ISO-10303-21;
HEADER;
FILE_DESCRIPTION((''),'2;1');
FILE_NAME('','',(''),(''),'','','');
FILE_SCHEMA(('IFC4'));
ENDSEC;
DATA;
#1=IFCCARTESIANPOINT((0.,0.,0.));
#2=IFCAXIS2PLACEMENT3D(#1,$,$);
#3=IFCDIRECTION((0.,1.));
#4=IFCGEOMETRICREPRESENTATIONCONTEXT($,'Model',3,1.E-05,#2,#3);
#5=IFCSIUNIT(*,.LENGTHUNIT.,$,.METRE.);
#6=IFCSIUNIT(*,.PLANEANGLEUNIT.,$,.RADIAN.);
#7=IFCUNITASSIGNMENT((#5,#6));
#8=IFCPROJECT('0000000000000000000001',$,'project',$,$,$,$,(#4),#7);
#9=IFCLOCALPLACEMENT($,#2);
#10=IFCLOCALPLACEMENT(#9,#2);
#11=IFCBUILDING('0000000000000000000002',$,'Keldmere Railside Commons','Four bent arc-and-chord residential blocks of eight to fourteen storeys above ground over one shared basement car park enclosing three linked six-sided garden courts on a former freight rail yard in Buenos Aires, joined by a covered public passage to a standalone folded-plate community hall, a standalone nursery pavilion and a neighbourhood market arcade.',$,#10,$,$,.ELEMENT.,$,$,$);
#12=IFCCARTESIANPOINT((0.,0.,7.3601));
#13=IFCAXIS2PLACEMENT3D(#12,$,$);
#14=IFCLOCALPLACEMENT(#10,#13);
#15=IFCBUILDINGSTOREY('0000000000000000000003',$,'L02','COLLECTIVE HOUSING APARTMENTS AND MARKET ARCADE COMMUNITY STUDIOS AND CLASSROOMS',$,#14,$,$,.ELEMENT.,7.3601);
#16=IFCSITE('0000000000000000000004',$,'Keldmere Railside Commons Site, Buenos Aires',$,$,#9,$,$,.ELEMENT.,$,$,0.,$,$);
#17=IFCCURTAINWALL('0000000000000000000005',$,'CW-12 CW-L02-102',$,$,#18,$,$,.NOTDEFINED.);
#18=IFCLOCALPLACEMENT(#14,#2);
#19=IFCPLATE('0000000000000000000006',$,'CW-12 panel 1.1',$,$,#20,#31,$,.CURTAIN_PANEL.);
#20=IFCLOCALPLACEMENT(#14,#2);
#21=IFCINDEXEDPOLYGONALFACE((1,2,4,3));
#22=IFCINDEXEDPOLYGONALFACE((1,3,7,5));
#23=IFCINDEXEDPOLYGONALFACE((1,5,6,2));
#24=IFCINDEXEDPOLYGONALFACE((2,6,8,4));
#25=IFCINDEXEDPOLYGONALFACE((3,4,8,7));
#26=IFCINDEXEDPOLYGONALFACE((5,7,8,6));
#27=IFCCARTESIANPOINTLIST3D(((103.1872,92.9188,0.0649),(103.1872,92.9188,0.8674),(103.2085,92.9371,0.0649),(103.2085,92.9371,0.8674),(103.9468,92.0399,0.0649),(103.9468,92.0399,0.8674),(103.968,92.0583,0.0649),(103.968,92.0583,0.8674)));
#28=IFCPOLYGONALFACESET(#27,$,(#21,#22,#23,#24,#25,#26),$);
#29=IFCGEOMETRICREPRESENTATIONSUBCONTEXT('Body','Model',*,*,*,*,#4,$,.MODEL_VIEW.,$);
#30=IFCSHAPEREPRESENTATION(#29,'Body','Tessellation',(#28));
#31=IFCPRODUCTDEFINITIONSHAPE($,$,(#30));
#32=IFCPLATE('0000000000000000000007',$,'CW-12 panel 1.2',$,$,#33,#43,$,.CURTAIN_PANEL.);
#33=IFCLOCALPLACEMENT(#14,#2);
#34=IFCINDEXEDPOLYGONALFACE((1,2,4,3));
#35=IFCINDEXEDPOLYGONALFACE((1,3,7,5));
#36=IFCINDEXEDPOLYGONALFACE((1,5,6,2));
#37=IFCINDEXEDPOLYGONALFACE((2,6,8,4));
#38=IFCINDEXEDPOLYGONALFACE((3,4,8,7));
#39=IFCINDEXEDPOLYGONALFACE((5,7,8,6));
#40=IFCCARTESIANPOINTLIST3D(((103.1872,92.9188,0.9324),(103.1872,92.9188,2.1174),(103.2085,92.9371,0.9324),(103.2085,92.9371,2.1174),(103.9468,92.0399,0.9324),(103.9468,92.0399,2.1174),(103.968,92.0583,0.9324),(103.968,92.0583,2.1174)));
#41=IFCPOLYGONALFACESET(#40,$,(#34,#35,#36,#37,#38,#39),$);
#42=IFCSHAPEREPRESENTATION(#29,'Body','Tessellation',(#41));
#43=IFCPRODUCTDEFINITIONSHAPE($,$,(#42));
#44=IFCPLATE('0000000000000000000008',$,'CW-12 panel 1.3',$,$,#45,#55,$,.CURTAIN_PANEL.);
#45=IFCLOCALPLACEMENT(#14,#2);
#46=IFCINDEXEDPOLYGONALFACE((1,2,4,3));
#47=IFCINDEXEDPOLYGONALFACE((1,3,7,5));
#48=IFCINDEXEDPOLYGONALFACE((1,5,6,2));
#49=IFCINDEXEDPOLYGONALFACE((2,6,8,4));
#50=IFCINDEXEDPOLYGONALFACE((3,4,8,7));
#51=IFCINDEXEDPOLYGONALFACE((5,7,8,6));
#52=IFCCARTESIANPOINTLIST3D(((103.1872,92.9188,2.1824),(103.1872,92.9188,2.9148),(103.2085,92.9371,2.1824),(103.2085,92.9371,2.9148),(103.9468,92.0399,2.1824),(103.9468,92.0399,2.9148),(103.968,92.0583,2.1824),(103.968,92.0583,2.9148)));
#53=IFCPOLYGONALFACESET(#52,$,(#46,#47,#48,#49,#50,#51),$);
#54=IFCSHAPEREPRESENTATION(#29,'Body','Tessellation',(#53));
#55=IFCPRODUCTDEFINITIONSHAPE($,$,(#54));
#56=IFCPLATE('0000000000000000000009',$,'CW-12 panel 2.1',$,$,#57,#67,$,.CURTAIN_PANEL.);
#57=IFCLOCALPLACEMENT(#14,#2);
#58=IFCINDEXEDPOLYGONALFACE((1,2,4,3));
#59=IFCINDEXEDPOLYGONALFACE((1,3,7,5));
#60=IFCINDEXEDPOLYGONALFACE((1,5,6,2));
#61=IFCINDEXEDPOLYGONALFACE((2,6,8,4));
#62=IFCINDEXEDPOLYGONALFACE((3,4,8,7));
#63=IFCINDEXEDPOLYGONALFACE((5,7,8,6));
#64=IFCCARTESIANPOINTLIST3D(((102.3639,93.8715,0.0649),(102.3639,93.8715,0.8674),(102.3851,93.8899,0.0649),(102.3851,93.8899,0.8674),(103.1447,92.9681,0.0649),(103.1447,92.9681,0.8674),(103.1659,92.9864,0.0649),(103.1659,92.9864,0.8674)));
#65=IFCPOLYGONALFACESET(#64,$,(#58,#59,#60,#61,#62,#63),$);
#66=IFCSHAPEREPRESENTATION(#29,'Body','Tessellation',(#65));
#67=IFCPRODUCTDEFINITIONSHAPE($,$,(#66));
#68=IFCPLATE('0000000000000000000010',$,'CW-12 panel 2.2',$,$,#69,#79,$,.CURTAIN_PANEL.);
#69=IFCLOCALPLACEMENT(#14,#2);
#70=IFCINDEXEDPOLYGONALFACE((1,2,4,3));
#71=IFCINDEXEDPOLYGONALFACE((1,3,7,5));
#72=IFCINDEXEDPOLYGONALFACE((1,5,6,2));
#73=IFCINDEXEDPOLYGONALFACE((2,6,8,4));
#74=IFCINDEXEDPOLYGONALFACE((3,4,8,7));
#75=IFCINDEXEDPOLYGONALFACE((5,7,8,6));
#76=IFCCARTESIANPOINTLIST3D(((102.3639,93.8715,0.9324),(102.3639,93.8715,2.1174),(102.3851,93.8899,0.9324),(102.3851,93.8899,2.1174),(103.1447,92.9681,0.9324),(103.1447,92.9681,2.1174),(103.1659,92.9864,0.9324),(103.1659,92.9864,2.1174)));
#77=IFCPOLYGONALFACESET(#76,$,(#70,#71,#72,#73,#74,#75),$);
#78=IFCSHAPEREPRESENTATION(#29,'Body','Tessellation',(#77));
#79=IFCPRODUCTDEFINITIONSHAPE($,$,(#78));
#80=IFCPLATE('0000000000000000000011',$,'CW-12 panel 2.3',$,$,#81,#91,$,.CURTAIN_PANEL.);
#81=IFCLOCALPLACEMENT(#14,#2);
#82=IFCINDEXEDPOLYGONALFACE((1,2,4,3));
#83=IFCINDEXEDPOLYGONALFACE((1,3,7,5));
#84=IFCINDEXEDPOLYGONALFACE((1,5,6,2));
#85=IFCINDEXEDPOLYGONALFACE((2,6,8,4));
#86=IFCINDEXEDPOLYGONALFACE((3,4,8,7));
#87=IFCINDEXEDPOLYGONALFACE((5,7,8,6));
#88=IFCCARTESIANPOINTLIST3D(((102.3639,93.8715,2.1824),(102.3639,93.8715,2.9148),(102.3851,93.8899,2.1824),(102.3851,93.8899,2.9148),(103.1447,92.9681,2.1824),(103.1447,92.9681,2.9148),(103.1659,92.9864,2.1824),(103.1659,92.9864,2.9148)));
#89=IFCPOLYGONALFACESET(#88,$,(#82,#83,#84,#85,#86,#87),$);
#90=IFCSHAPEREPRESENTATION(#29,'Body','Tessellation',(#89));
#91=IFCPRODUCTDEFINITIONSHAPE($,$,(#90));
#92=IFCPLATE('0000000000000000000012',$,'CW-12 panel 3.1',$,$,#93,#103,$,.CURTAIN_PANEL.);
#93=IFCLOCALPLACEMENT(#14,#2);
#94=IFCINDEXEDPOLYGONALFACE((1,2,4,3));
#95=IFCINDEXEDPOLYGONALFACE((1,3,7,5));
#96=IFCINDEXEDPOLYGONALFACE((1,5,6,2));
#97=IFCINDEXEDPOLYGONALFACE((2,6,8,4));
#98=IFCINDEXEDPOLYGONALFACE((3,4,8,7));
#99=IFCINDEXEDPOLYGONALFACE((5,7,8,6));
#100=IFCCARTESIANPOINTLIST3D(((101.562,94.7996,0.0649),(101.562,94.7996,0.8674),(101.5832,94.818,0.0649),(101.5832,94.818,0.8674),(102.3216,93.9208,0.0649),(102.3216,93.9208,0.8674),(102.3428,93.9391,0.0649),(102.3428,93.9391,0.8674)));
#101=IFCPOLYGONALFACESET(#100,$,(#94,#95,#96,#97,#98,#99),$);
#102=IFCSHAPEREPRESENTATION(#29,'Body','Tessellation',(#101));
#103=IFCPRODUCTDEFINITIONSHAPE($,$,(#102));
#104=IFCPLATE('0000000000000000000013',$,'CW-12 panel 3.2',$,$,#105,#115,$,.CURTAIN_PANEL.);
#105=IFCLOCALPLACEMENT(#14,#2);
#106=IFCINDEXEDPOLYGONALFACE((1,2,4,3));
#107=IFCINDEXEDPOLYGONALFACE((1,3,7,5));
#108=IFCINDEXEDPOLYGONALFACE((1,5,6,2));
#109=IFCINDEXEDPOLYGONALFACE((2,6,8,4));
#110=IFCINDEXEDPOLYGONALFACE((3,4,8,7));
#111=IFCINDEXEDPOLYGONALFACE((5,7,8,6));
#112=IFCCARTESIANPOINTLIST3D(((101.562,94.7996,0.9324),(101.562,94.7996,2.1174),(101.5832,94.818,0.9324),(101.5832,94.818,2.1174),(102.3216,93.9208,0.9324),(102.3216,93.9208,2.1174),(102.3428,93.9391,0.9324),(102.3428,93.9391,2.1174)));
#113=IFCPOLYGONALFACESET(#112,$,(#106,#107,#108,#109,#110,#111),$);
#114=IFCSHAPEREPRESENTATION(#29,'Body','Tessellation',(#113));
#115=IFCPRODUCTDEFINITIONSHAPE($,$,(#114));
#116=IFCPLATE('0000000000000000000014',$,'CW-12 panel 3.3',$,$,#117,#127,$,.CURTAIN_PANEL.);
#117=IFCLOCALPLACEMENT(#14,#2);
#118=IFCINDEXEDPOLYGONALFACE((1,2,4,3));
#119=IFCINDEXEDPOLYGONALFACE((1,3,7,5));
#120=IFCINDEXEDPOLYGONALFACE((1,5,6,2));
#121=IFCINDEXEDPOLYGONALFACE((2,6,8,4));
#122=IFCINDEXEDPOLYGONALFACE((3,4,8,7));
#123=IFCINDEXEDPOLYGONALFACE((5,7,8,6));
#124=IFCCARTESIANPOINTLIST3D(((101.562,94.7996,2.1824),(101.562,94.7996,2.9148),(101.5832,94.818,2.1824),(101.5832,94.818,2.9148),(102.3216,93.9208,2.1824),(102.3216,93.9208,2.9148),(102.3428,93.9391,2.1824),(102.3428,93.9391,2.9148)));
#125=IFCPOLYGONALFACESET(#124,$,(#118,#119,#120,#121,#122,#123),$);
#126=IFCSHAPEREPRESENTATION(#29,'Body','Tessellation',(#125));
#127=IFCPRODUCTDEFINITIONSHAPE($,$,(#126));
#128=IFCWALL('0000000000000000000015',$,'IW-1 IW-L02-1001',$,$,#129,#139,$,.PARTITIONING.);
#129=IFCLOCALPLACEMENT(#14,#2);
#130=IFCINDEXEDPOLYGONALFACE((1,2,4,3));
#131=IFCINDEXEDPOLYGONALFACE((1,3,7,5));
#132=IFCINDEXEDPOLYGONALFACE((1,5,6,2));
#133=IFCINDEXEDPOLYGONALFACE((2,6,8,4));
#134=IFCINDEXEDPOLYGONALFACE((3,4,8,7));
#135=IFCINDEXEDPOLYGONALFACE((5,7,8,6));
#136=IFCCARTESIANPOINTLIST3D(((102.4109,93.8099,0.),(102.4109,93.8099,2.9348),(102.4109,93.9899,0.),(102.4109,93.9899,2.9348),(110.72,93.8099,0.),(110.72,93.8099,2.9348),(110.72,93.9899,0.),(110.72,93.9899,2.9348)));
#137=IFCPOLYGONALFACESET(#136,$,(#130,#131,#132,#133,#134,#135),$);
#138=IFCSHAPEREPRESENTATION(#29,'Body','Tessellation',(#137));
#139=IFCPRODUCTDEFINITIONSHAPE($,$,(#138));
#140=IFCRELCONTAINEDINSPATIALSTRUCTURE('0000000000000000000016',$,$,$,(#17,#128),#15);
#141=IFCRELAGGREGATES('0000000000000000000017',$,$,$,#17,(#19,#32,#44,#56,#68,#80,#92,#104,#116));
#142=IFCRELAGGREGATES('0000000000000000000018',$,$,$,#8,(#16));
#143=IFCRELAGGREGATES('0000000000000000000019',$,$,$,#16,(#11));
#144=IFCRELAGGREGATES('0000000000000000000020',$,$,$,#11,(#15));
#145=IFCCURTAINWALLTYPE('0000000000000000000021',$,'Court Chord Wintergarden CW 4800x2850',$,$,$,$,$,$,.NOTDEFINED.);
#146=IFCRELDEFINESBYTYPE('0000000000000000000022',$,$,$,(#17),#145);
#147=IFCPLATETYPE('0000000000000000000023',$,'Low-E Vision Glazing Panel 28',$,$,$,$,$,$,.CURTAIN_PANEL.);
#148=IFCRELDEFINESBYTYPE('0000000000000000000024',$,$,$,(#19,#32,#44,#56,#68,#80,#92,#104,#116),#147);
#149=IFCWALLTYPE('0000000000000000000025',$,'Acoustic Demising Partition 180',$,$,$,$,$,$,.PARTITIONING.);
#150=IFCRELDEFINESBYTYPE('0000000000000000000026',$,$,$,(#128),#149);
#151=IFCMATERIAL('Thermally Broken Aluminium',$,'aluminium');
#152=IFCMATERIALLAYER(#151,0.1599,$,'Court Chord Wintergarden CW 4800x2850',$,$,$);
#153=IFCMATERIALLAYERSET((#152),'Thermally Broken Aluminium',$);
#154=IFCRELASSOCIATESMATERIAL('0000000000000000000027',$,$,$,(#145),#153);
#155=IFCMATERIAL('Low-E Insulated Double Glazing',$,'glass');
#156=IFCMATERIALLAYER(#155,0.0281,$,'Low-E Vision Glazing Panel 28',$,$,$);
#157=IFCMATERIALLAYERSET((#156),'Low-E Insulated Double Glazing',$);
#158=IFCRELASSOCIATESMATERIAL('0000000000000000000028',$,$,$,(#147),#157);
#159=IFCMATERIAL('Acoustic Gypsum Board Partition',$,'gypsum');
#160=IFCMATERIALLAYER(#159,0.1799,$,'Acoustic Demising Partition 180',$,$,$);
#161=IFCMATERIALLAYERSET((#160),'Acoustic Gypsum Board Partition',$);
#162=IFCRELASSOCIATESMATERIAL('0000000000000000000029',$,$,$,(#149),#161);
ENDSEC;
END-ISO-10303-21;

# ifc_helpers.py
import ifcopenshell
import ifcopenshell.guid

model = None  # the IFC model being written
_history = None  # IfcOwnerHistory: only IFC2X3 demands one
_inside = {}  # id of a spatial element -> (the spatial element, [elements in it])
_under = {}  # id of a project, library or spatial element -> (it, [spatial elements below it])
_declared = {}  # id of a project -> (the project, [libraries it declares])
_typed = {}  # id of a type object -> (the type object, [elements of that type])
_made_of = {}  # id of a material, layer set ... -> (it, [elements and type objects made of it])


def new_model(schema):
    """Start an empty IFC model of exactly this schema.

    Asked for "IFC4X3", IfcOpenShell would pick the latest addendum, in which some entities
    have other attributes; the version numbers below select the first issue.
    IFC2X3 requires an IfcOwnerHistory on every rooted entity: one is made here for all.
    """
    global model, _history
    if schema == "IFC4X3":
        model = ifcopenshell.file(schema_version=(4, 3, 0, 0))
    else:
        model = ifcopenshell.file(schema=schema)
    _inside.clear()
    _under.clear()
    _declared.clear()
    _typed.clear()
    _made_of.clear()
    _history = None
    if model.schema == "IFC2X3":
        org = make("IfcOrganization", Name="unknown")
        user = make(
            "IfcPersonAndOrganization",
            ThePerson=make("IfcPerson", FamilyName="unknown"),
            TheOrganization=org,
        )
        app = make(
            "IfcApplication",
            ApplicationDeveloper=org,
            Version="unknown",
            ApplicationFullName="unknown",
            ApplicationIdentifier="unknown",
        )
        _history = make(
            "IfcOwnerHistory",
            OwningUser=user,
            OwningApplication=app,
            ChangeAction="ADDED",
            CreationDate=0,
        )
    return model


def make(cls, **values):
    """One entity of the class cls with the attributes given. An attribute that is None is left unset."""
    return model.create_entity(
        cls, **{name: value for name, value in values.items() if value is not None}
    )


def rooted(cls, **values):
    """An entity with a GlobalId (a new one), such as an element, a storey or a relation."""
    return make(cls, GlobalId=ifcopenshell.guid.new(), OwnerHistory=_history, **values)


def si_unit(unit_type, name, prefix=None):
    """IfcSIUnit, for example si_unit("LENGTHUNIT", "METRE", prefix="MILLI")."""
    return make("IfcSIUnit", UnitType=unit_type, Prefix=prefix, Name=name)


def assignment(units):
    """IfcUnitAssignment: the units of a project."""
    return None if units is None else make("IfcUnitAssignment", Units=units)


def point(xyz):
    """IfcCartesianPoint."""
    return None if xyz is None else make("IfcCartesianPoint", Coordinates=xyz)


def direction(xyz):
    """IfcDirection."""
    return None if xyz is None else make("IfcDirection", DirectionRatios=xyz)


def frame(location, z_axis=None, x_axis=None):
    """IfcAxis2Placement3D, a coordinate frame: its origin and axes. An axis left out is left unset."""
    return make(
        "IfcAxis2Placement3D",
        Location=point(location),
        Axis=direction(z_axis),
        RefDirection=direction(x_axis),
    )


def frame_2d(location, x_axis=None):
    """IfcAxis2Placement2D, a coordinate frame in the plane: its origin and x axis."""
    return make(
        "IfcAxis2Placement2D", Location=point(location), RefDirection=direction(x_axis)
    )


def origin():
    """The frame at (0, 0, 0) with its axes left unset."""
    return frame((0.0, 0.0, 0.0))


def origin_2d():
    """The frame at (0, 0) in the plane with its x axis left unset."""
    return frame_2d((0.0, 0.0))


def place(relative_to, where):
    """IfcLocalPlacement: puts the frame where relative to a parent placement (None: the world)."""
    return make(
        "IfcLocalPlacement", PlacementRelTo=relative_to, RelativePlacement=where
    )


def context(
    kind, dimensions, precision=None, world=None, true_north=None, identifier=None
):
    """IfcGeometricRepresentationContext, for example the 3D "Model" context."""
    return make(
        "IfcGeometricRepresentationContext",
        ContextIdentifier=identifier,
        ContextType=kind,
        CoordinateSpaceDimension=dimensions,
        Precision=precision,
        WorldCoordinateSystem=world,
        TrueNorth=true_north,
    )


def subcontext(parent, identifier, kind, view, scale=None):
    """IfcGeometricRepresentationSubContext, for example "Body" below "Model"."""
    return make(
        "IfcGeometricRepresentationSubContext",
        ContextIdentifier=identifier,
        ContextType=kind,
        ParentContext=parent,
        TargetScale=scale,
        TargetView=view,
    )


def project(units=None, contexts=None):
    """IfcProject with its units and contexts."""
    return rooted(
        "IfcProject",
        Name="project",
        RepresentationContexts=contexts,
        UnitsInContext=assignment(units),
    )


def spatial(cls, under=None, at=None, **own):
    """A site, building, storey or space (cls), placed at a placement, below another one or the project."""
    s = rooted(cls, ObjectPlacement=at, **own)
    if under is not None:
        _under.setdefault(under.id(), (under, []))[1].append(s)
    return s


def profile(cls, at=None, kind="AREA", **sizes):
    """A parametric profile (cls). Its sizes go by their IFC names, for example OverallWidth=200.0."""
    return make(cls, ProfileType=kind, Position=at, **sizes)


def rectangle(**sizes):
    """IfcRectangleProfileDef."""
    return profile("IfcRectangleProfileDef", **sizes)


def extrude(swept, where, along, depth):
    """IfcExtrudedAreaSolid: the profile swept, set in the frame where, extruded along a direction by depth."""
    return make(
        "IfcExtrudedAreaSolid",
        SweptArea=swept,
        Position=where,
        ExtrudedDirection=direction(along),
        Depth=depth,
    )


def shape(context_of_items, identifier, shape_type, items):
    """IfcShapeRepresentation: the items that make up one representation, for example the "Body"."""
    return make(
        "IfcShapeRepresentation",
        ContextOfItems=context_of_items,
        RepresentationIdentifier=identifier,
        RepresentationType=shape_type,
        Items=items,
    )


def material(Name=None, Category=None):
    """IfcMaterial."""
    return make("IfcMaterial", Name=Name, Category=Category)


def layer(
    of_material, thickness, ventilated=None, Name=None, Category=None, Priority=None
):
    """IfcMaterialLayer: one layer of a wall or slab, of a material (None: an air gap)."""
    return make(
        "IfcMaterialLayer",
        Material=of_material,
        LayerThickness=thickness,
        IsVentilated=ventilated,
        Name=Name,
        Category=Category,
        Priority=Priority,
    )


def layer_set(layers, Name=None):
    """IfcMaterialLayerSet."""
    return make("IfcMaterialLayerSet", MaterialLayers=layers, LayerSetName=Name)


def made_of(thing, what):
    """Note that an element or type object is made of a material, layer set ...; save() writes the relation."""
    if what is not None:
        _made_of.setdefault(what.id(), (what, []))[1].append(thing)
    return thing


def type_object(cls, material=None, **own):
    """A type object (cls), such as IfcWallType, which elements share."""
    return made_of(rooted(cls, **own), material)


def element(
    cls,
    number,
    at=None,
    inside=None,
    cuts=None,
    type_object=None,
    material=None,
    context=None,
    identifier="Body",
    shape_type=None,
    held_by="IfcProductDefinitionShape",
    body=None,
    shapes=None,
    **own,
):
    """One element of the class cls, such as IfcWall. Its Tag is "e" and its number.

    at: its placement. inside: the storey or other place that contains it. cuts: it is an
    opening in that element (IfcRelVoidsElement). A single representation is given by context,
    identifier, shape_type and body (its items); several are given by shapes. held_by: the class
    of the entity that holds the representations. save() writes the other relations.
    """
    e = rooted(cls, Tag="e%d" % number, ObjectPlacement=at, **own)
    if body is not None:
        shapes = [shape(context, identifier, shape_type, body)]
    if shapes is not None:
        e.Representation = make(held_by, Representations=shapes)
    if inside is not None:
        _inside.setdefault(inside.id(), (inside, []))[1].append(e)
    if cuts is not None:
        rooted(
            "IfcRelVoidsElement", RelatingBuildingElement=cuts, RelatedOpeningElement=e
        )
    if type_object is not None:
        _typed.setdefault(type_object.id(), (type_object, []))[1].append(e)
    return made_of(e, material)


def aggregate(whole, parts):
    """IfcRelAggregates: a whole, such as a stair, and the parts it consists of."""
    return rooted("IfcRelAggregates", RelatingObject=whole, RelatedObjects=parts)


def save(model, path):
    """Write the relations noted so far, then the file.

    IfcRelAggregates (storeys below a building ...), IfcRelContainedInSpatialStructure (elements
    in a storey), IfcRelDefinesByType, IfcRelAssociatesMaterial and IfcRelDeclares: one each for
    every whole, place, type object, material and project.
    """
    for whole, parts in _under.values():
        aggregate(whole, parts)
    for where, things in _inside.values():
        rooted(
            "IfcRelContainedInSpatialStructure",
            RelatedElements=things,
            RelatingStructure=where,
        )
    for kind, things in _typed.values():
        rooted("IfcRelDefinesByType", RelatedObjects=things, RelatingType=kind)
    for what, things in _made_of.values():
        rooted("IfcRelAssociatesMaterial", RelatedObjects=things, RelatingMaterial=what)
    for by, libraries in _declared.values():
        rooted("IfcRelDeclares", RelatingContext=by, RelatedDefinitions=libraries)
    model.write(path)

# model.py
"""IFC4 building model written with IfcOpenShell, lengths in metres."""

from ifc_helpers import new_model, si_unit, direction, frame, frame_2d, origin, origin_2d, place, context, subcontext, project, spatial, rectangle, extrude, material, layer, layer_set, type_object, element, aggregate, save


model = new_model("IFC4")

# Units and contexts
model_context = context("Model", 3, precision=1e-05, world=origin(), true_north=direction((0.0, 1.0)))
body_context = subcontext(model_context, "Body", "Model", "MODEL_VIEW")
ifc_project = project(units=[si_unit("LENGTHUNIT", "METRE"), si_unit("PLANEANGLEUNIT", "RADIAN")], contexts=[model_context])

# Site, building, storey
site_placement = place(None, origin())
site = spatial("IfcSite", under=ifc_project, at=site_placement, Name="Keldmere Railside Commons Site, Buenos Aires", CompositionType="ELEMENT", RefElevation=0.0)
building_placement = place(site_placement, origin())
building = spatial("IfcBuilding", under=site, at=building_placement, Name="Keldmere Railside Commons", Description="Four bent arc-and-chord residential blocks of eight to fourteen storeys above ground over one shared basement car park enclosing three linked six-sided garden courts on a former freight rail yard in Buenos Aires, joined by a covered public passage to a standalone folded-plate community hall, a standalone nursery pavilion and a neighbourhood market arcade.", CompositionType="ELEMENT")
storey_placement = place(building_placement, frame((0.0, 0.0, 7.3601)))
storey = spatial("IfcBuildingStorey", under=building, at=storey_placement, Name="L02", Description="COLLECTIVE HOUSING APARTMENTS AND MARKET ARCADE COMMUNITY STUDIOS AND CLASSROOMS", CompositionType="ELEMENT", Elevation=7.3601)

# Shared definitions
ifc_material_1 = material(Name="Thermally Broken Aluminium", Category="aluminium")

# Curtain wall
ifc_layer_1 = layer(ifc_material_1, 0.1599, Name="Court Chord Wintergarden CW 4800x2850")
ifc_layer_set_1 = layer_set([ifc_layer_1], Name="Thermally Broken Aluminium")
curtain_wall_type_1 = type_object("IfcCurtainWallType", Name="Court Chord Wintergarden CW 4800x2850", PredefinedType="NOTDEFINED", material=ifc_layer_set_1)
curtain_wall_1_placement = place(storey_placement, origin())
curtain_wall_1 = element("IfcCurtainWall", 1, at=curtain_wall_1_placement, inside=storey, type_object=curtain_wall_type_1, Name="CW-12 CW-L02-102", PredefinedType="NOTDEFINED")

# Plates
ifc_material_2 = material(Name="Low-E Insulated Double Glazing", Category="glass")
ifc_layer_2 = layer(ifc_material_2, 0.0281, Name="Low-E Vision Glazing Panel 28")
ifc_layer_set_2 = layer_set([ifc_layer_2], Name="Low-E Insulated Double Glazing")
plate_type = type_object("IfcPlateType", Name="Low-E Vision Glazing Panel 28", PredefinedType="CURTAIN_PANEL", material=ifc_layer_set_2)
plate_1_placement = place(storey_placement, frame((103.5776, 92.4885, 0.0649), z_axis=(0.0, 0.0, 1.0), x_axis=(-0.653882, 0.756597, 0.0)))
plate_1 = element("IfcPlate", 2, at=plate_1_placement, type_object=plate_type, Name="CW-12 panel 1.1", PredefinedType="CURTAIN_PANEL", context=body_context, shape_type="SweptSolid", body=[
    extrude(rectangle(XDim=1.1616, YDim=0.0281, at=origin_2d()), origin(), (0.0, 0.0, 1.0), 0.8025),
])
plate_2_placement = place(storey_placement, frame((103.5776, 92.4885, 0.9324), z_axis=(0.0, 0.0, 1.0), x_axis=(-0.653882, 0.756597, 0.0)))
plate_2 = element("IfcPlate", 3, at=plate_2_placement, type_object=plate_type, Name="CW-12 panel 1.2", PredefinedType="CURTAIN_PANEL", context=body_context, shape_type="SweptSolid", body=[
    extrude(rectangle(XDim=1.1616, YDim=0.0281, at=origin_2d()), origin(), (0.0, 0.0, 1.0), 1.1851),
])
plate_3_placement = place(storey_placement, frame((103.5776, 92.4885, 2.1824), z_axis=(0.0, 0.0, 1.0), x_axis=(-0.653882, 0.756597, 0.0)))
plate_3 = element("IfcPlate", 4, at=plate_3_placement, type_object=plate_type, Name="CW-12 panel 1.3", PredefinedType="CURTAIN_PANEL", context=body_context, shape_type="SweptSolid", body=[
    extrude(rectangle(XDim=1.1616, YDim=0.0281, at=origin_2d()), origin(), (0.0, 0.0, 1.0), 0.7324),
])
plate_4_placement = place(storey_placement, frame((102.7649, 93.429, 0.0649), z_axis=(0.0, 0.0, 1.0), x_axis=(-0.653882, 0.756597, 0.0)))
plate_4 = element("IfcPlate", 5, at=plate_4_placement, type_object=plate_type, Name="CW-12 panel 2.1", PredefinedType="CURTAIN_PANEL", context=body_context, shape_type="SweptSolid", body=[
    extrude(rectangle(XDim=1.1941, YDim=0.0281, at=origin_2d()), origin(), (0.0, 0.0, 1.0), 0.8025),
])
plate_5_placement = place(storey_placement, frame((102.7649, 93.429, 0.9324), z_axis=(0.0, 0.0, 1.0), x_axis=(-0.653882, 0.756597, 0.0)))
plate_5 = element("IfcPlate", 6, at=plate_5_placement, type_object=plate_type, Name="CW-12 panel 2.2", PredefinedType="CURTAIN_PANEL", context=body_context, shape_type="SweptSolid", body=[
    extrude(rectangle(XDim=1.1941, YDim=0.0281, at=origin_2d()), origin(), (0.0, 0.0, 1.0), 1.1851),
])
plate_6_placement = place(storey_placement, frame((102.7649, 93.429, 2.1824), z_axis=(0.0, 0.0, 1.0), x_axis=(-0.653882, 0.756597, 0.0)))
plate_6 = element("IfcPlate", 7, at=plate_6_placement, type_object=plate_type, Name="CW-12 panel 2.3", PredefinedType="CURTAIN_PANEL", context=body_context, shape_type="SweptSolid", body=[
    extrude(rectangle(XDim=1.1941, YDim=0.0281, at=origin_2d()), origin(), (0.0, 0.0, 1.0), 0.7324),
])
plate_7_placement = place(storey_placement, frame((101.9524, 94.3694, 0.0649), z_axis=(0.0, 0.0, 1.0), x_axis=(-0.653882, 0.756597, 0.0)))
plate_7 = element("IfcPlate", 8, at=plate_7_placement, type_object=plate_type, Name="CW-12 panel 3.1", PredefinedType="CURTAIN_PANEL", context=body_context, shape_type="SweptSolid", body=[
    extrude(rectangle(XDim=1.1616, YDim=0.0281, at=origin_2d()), origin(), (0.0, 0.0, 1.0), 0.8025),
])
plate_8_placement = place(storey_placement, frame((101.9524, 94.3694, 0.9324), z_axis=(0.0, 0.0, 1.0), x_axis=(-0.653882, 0.756597, 0.0)))
plate_8 = element("IfcPlate", 9, at=plate_8_placement, type_object=plate_type, Name="CW-12 panel 3.2", PredefinedType="CURTAIN_PANEL", context=body_context, shape_type="SweptSolid", body=[
    extrude(rectangle(XDim=1.1616, YDim=0.0281, at=origin_2d()), origin(), (0.0, 0.0, 1.0), 1.1851),
])
plate_9_placement = place(storey_placement, frame((101.9524, 94.3694, 2.1824), z_axis=(0.0, 0.0, 1.0), x_axis=(-0.653882, 0.756597, 0.0)))
plate_9 = element("IfcPlate", 10, at=plate_9_placement, type_object=plate_type, Name="CW-12 panel 3.3", PredefinedType="CURTAIN_PANEL", context=body_context, shape_type="SweptSolid", body=[
    extrude(rectangle(XDim=1.1616, YDim=0.0281, at=origin_2d()), origin(), (0.0, 0.0, 1.0), 0.7324),
])
aggregate(curtain_wall_1, [plate_1, plate_2, plate_3, plate_4, plate_5, plate_6, plate_7, plate_8, plate_9])

# Wall
ifc_material_3 = material(Name="Acoustic Gypsum Board Partition", Category="gypsum")
ifc_layer_3 = layer(ifc_material_3, 0.1799, Name="Acoustic Demising Partition 180")
ifc_layer_set_3 = layer_set([ifc_layer_3], Name="Acoustic Gypsum Board Partition")
wall_type = type_object("IfcWallType", Name="Acoustic Demising Partition 180", PredefinedType="PARTITIONING", material=ifc_layer_set_3)
wall_placement = place(storey_placement, frame((102.4109, 93.8999, 0.0), z_axis=(0.0, 0.0, 1.0), x_axis=(1.0, 0.0, 0.0)))
element("IfcWall", 11, at=wall_placement, inside=storey, type_object=wall_type, Name="IW-1 IW-L02-1001", PredefinedType="PARTITIONING", context=body_context, shape_type="SweptSolid", body=[
    extrude(rectangle(XDim=8.3091, YDim=0.1799, at=frame_2d((4.1545, 0.0))), origin(), (0.0, 0.0, 1.0), 2.9348),
])

save(model, "model.ifc")
